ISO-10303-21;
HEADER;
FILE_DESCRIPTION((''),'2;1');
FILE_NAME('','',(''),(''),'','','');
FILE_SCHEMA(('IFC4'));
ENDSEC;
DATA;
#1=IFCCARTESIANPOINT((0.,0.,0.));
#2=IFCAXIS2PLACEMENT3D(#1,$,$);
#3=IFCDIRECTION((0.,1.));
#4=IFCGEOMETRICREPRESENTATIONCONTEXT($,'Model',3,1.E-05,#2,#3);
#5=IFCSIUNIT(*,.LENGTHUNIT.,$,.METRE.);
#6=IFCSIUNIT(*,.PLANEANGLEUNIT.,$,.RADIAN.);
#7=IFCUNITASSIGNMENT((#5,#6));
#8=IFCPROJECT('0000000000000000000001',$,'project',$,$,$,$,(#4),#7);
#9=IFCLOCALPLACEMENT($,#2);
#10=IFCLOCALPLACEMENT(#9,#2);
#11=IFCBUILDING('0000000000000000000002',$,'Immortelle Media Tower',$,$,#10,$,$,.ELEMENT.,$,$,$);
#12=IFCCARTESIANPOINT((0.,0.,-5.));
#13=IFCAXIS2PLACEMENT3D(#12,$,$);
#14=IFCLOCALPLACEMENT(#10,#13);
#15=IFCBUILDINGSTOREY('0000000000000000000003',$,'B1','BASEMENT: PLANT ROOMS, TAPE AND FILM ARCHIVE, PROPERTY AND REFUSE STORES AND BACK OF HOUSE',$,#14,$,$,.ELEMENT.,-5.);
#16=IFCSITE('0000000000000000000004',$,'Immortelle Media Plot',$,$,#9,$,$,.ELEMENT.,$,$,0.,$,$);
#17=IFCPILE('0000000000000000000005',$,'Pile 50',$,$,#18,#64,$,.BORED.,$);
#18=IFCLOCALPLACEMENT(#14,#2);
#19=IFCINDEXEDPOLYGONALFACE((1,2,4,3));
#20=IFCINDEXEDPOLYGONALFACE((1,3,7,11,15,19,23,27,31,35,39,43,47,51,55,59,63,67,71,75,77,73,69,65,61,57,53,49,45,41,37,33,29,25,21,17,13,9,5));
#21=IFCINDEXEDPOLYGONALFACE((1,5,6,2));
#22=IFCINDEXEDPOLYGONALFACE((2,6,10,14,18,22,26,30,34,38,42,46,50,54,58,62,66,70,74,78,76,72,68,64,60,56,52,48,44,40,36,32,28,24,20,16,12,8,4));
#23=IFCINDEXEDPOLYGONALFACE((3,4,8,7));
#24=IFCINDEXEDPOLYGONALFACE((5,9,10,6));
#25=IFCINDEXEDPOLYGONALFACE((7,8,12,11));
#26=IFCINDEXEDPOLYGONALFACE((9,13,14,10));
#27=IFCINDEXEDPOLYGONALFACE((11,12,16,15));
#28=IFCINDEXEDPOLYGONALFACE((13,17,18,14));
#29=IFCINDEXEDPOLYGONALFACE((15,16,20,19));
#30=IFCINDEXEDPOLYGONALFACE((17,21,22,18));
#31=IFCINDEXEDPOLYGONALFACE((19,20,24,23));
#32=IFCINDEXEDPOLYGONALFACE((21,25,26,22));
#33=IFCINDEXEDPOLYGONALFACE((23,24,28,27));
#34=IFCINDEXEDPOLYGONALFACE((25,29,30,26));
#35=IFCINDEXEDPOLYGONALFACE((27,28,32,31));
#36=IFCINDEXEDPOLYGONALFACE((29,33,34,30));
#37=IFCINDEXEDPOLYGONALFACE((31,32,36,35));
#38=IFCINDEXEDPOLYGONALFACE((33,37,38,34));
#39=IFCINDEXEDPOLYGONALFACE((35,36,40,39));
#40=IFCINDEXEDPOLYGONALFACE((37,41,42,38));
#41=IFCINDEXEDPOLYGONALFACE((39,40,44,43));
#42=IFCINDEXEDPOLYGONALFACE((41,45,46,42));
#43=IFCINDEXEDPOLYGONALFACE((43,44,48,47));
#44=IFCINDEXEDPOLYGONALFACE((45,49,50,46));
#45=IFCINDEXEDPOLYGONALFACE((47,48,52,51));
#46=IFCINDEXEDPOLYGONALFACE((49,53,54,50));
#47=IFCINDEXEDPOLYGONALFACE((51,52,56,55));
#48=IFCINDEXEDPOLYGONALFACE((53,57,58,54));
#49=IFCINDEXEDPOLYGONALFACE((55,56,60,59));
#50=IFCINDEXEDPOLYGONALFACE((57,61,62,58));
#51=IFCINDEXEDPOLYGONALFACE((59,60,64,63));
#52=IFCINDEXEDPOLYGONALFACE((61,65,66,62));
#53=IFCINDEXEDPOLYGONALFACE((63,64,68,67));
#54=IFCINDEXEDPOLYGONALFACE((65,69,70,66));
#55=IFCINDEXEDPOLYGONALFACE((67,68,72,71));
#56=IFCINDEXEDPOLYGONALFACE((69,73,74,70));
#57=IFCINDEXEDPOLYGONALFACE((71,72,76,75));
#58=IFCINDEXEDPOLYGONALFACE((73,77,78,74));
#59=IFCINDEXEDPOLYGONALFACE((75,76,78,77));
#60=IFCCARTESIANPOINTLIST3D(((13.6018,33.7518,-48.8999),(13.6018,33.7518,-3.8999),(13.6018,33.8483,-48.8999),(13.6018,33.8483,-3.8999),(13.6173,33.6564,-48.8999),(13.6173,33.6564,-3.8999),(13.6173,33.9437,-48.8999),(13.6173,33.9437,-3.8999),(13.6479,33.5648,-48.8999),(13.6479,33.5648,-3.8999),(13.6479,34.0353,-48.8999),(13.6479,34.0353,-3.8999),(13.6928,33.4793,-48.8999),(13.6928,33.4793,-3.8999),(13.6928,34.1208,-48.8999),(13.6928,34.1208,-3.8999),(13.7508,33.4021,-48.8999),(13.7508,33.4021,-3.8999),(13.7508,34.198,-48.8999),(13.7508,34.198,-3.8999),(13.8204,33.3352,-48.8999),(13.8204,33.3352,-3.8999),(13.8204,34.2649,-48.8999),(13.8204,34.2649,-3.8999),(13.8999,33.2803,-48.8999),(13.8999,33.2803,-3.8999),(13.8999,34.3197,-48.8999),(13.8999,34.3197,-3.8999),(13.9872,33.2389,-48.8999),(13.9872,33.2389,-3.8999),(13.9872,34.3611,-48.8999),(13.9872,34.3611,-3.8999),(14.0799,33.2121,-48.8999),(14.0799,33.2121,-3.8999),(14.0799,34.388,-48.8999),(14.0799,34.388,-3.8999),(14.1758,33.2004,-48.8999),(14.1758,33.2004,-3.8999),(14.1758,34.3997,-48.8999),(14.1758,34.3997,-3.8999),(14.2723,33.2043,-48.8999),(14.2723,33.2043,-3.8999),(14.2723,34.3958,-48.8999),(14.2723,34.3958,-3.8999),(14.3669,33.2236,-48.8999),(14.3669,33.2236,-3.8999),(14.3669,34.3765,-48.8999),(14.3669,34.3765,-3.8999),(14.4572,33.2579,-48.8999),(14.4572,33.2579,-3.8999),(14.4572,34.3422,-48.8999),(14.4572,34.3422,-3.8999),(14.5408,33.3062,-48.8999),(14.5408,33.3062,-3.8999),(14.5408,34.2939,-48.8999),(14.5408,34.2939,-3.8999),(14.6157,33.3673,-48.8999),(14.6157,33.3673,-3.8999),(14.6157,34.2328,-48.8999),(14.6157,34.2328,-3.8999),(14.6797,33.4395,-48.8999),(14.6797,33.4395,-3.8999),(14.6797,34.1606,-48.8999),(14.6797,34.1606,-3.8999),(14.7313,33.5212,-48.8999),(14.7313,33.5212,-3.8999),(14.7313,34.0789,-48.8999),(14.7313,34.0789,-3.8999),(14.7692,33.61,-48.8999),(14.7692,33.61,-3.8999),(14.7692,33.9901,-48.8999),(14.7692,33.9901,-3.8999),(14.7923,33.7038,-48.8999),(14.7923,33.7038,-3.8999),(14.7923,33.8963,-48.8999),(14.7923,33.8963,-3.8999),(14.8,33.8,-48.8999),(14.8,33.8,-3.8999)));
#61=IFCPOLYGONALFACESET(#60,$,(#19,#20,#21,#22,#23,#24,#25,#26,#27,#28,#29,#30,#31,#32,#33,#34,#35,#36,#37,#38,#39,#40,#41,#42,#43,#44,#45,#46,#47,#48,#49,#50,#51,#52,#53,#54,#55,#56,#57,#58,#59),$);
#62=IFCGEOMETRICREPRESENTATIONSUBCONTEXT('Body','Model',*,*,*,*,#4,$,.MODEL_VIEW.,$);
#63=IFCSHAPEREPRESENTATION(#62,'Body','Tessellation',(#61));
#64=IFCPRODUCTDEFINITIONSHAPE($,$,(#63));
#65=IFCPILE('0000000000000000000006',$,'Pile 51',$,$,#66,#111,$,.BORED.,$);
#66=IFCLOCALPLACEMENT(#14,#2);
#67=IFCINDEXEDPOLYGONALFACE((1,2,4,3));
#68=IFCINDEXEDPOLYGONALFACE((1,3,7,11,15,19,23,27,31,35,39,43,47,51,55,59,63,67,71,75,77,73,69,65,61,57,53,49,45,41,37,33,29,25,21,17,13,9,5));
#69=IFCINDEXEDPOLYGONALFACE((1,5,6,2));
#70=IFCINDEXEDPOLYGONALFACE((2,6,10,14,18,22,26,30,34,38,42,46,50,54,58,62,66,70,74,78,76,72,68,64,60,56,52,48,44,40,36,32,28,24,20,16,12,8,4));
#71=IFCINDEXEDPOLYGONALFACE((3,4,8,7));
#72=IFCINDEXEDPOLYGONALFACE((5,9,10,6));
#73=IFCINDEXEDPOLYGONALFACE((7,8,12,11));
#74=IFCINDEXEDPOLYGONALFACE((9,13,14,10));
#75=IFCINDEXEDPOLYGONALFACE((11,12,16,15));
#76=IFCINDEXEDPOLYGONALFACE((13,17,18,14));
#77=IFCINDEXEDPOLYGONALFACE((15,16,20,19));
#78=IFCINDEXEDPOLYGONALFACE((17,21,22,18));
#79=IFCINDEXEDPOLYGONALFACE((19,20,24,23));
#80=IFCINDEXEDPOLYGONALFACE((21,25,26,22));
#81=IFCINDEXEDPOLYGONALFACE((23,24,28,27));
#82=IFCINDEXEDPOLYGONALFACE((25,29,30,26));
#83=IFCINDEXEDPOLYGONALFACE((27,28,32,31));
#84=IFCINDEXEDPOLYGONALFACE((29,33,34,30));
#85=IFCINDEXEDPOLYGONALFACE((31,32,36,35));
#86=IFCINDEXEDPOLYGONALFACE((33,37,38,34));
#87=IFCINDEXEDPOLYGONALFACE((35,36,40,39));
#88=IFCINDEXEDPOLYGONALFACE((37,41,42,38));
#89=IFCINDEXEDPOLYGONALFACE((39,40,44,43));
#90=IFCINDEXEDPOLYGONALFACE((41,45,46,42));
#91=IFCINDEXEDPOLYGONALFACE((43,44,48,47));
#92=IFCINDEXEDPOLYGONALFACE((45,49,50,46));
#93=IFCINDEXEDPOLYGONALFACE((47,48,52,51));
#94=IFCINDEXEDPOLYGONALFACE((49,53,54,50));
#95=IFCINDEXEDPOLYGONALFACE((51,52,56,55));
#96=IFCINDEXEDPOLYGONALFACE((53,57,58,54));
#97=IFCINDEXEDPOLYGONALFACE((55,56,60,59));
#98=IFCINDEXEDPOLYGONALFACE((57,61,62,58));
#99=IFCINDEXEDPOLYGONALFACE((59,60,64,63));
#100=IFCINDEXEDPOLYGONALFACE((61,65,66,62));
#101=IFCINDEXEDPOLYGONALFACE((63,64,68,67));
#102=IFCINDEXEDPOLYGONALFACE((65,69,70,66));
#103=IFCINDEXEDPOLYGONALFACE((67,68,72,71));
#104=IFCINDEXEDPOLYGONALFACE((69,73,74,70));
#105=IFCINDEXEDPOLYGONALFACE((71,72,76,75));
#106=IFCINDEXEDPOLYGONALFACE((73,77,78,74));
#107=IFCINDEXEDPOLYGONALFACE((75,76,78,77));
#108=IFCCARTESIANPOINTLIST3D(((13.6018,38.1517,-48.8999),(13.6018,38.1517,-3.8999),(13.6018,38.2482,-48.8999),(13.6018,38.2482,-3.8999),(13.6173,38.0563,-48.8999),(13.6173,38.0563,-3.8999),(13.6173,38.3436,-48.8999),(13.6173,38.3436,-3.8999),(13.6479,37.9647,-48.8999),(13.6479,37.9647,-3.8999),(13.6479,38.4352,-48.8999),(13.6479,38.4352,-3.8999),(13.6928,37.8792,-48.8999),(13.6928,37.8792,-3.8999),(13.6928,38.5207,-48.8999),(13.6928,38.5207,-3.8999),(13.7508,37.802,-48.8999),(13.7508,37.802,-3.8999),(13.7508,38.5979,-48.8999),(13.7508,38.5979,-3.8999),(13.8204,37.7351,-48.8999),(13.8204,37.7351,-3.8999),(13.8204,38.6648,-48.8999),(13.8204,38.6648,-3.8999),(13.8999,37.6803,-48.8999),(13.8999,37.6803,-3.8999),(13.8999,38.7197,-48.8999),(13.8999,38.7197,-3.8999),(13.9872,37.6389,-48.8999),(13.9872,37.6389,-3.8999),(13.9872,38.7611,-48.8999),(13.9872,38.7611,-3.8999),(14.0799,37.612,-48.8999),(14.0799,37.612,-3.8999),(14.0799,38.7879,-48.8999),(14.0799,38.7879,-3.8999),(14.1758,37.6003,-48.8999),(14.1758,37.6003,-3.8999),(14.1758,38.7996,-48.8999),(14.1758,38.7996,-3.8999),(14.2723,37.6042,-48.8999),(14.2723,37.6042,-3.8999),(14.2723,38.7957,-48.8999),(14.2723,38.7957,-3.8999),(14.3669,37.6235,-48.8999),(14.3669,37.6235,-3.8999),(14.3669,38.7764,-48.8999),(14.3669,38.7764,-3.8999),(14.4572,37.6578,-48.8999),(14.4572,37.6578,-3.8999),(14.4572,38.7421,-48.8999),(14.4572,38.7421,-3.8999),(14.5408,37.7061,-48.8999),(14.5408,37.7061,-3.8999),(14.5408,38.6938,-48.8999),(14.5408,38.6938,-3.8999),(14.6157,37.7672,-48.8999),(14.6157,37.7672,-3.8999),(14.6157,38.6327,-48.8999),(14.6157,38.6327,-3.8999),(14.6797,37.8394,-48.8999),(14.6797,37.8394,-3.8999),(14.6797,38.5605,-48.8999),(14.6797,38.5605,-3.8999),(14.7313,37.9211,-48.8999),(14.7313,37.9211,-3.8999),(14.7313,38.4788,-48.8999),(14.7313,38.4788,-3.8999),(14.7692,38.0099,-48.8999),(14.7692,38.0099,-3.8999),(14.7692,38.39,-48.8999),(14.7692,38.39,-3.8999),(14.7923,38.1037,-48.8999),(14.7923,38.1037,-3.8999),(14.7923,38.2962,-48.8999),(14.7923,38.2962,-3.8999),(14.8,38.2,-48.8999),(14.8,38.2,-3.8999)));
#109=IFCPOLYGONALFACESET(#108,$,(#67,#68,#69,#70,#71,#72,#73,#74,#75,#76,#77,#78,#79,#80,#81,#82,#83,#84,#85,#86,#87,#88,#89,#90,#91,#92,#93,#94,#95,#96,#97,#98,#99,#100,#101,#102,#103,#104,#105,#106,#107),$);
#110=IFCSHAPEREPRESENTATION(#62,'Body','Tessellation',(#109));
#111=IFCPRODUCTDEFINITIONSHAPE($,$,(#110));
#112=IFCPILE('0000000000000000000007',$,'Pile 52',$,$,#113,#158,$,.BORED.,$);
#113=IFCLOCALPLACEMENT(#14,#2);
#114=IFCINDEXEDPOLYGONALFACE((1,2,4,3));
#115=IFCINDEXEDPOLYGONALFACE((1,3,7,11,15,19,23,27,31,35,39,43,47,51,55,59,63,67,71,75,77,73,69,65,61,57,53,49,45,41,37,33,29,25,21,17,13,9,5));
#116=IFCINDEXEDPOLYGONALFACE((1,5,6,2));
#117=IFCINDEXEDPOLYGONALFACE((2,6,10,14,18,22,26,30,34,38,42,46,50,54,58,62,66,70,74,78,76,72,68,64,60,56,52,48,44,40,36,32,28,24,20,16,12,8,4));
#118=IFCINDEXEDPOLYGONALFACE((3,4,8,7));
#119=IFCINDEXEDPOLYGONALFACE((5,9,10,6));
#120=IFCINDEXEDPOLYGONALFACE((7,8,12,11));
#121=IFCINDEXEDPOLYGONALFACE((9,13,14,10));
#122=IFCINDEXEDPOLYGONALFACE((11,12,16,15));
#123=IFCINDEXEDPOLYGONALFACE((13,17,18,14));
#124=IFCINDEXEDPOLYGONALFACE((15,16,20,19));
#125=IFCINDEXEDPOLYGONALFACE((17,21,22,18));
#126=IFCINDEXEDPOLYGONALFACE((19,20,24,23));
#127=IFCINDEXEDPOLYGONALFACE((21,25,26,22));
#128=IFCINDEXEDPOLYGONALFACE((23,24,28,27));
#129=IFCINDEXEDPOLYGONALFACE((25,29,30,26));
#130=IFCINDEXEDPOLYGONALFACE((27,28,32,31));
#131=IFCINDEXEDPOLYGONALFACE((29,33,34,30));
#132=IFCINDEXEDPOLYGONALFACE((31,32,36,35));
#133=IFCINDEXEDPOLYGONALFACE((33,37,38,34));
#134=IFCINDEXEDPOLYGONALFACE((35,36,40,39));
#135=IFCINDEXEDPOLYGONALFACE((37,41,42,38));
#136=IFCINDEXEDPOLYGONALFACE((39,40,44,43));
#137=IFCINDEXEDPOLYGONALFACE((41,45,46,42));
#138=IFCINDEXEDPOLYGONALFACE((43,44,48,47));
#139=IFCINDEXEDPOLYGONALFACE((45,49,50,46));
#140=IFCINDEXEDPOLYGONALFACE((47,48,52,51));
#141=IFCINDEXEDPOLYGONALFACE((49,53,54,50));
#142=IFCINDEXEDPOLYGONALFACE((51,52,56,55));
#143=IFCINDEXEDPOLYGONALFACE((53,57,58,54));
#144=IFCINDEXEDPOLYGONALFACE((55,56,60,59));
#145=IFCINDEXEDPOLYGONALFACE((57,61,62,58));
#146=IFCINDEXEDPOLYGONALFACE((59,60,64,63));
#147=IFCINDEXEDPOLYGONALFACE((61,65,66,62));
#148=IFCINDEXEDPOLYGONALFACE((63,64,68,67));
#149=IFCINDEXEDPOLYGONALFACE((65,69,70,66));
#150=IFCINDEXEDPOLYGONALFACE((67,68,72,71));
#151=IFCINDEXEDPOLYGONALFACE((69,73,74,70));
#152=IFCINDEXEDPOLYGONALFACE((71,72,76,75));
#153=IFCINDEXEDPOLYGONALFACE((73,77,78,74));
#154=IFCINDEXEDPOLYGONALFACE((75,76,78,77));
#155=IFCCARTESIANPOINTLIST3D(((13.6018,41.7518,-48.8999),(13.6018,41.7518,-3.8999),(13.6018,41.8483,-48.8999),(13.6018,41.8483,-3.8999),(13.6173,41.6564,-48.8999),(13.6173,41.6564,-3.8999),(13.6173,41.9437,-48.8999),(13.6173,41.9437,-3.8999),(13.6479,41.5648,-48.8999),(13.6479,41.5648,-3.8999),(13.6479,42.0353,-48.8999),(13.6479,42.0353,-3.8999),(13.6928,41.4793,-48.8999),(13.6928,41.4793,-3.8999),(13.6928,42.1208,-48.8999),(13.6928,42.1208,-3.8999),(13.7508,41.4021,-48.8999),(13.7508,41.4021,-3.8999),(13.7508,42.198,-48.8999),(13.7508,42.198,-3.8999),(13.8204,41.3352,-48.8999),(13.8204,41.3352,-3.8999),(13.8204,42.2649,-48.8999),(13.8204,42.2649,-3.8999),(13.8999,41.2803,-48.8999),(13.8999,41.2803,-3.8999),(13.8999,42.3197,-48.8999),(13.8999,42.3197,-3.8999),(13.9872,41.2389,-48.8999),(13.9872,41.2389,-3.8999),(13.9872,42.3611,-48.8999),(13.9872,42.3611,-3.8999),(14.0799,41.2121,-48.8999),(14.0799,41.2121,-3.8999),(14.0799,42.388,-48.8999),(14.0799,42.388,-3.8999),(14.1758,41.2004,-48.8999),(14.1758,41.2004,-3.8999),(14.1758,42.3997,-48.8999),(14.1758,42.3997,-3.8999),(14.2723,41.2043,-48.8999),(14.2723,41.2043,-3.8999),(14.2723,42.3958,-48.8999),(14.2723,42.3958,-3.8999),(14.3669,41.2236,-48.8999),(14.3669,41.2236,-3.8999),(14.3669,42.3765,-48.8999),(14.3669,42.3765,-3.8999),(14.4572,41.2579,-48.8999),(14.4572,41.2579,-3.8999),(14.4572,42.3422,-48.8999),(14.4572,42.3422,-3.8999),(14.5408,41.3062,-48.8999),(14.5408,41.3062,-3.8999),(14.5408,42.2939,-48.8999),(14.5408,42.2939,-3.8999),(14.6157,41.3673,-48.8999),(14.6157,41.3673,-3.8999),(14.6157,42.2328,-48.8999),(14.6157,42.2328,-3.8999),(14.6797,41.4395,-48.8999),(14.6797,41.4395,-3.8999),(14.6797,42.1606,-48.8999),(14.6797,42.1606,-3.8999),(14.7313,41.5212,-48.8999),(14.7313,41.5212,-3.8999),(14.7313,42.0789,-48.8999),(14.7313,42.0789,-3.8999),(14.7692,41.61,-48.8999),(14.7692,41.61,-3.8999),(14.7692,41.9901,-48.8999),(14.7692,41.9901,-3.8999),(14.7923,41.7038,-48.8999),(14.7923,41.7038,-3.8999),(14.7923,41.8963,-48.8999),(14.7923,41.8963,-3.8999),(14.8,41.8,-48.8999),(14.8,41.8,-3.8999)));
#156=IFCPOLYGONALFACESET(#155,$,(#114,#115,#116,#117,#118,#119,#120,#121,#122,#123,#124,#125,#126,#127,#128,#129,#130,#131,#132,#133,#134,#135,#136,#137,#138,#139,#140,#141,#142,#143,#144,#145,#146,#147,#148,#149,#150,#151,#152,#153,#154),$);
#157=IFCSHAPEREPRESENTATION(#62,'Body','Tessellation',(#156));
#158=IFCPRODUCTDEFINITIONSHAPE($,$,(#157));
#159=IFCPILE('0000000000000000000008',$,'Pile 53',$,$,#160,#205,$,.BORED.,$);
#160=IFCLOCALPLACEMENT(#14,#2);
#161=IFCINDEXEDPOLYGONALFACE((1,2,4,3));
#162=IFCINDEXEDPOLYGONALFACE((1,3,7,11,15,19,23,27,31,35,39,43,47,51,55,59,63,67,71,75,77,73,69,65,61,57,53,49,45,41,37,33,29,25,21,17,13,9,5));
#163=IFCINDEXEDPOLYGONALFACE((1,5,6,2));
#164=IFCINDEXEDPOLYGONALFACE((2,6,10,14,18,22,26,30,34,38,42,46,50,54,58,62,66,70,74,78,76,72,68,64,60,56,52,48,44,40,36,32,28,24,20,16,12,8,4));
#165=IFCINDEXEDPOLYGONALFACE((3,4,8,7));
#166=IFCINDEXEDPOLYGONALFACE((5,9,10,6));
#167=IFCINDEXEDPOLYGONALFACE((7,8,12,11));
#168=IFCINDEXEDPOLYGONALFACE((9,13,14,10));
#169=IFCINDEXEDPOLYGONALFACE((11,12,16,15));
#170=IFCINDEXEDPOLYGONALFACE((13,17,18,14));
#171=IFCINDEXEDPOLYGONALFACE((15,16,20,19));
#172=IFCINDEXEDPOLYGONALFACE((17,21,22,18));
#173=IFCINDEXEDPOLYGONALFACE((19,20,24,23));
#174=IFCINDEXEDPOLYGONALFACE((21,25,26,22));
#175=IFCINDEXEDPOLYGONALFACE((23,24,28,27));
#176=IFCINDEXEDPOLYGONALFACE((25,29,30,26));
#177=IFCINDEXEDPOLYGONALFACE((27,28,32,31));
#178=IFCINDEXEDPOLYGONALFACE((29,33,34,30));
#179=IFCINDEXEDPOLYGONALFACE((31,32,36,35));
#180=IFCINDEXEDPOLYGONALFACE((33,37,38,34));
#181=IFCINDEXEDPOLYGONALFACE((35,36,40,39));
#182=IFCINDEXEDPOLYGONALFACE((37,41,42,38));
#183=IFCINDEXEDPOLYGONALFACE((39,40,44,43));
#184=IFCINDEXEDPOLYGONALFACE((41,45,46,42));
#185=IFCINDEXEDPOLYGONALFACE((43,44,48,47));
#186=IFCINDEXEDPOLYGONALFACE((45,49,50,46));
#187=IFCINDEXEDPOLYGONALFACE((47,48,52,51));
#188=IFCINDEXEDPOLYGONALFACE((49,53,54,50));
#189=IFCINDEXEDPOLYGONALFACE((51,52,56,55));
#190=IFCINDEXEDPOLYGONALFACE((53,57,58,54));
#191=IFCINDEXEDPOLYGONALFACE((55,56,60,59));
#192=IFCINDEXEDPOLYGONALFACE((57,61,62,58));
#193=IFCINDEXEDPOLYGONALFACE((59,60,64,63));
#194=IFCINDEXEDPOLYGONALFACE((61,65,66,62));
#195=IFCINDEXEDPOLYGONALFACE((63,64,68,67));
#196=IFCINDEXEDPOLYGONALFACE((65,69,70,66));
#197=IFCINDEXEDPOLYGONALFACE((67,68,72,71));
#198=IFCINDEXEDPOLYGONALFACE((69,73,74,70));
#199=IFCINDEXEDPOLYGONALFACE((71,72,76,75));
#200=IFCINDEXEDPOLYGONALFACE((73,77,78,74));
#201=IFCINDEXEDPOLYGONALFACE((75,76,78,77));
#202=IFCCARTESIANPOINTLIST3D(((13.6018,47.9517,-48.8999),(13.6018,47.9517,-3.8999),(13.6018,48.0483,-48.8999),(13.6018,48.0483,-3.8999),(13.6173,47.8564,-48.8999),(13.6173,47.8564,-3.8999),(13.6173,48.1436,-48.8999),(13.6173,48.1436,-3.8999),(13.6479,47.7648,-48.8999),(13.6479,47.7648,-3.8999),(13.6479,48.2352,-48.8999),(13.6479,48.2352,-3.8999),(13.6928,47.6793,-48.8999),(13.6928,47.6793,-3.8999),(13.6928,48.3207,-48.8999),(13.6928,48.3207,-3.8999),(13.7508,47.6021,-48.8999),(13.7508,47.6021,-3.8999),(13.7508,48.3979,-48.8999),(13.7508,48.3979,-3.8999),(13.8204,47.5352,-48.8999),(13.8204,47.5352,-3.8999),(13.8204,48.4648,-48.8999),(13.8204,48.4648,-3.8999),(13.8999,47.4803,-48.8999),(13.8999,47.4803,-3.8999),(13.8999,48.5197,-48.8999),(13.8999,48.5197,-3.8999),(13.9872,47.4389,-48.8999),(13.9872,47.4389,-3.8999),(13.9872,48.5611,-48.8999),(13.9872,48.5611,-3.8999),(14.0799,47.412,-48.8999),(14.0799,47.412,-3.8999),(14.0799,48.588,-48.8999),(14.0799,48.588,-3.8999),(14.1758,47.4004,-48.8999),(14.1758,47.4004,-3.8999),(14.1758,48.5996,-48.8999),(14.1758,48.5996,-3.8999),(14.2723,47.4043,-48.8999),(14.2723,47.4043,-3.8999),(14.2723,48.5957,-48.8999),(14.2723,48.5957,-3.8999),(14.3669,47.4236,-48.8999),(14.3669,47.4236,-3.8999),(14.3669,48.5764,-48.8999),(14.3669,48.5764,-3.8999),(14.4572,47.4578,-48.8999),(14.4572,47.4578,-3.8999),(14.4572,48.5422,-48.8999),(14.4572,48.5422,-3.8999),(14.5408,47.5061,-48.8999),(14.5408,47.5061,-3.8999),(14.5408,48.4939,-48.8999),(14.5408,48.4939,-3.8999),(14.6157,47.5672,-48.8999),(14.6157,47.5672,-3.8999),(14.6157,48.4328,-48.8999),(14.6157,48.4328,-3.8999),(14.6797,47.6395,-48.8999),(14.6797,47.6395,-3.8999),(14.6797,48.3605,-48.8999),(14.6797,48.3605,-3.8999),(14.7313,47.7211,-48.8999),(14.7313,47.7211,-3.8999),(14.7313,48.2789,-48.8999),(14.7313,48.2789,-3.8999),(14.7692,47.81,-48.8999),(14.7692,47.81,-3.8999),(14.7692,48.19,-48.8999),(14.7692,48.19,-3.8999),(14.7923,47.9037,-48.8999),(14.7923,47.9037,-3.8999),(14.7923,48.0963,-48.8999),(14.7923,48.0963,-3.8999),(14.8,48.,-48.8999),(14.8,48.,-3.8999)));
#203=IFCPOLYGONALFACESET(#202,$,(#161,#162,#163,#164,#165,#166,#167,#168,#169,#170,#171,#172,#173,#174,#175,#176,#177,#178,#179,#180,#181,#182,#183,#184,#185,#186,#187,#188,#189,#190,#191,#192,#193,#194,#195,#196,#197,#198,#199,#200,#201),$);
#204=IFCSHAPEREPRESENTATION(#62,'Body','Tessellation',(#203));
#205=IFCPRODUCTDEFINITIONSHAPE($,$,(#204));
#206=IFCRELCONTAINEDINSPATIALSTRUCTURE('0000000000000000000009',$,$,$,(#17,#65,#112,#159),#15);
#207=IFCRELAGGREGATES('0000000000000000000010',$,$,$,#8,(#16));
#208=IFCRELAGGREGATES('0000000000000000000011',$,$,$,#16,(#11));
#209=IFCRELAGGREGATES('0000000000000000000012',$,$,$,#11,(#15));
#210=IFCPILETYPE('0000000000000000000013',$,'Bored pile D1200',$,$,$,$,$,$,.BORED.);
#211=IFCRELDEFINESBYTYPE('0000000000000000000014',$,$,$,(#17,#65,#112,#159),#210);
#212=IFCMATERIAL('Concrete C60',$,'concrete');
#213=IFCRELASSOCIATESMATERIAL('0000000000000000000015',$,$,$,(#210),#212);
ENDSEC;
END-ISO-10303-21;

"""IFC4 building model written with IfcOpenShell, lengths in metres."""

from ifc_helpers import new_model, si_unit, direction, frame, origin, origin_2d, place, context, subcontext, project, spatial, circle, extrude, material, material_profile, profile_set, type_object, element, save


model = new_model("IFC4")

# Units and contexts
model_context = context("Model", 3, precision=1e-05, world=origin(), true_north=direction((0.0, 1.0)))
body_context = subcontext(model_context, "Body", "Model", "MODEL_VIEW")
ifc_project = project(units=[si_unit("LENGTHUNIT", "METRE"), si_unit("PLANEANGLEUNIT", "RADIAN")], contexts=[model_context])

# Site, building, storey
site_placement = place(None, origin())
site = spatial("IfcSite", under=ifc_project, at=site_placement, Name="Immortelle Media Plot", CompositionType="ELEMENT", RefElevation=0.0)
building_placement = place(site_placement, origin())
building = spatial("IfcBuilding", under=site, at=building_placement, Name="Immortelle Media Tower", CompositionType="ELEMENT")
storey_placement = place(building_placement, frame((0.0, 0.0, -5.0)))
storey = spatial("IfcBuildingStorey", under=building, at=storey_placement, Name="B1", Description="BASEMENT: PLANT ROOMS, TAPE AND FILM ARCHIVE, PROPERTY AND REFUSE STORES AND BACK OF HOUSE", CompositionType="ELEMENT", Elevation=-5.0)

# Piles
ifc_material_1 = material(Name="Concrete C60", Category="concrete")
ifc_material_profile_1 = material_profile(ifc_material_1, circle(Radius=0.6001, at=origin_2d()), Name="Bored pile D1200")
ifc_profile_set_1 = profile_set([ifc_material_profile_1], Name="Concrete C60")
pile_type = type_object("IfcPileType", Name="Bored pile D1200", PredefinedType="BORED", material=ifc_profile_set_1)
for number, where, z_axis, x_axis, name in (
    (1, (14.2, 33.8, -3.8999), (0.0, 0.0, -1.0), (1.0, 0.0, 0.0), "Pile 50"),
    (2, (14.2, 38.2, -3.8999), (0.0, 0.0, -1.0), (1.0, 0.0, 0.0), "Pile 51"),
    (3, (14.2, 41.8, -3.8999), (0.0, 0.0, -1.0), (1.0, 0.0, 0.0), "Pile 52"),
    (4, (14.2, 48.0, -3.8999), (0.0, 0.0, -1.0), (1.0, 0.0, 0.0), "Pile 53"),
):
    element("IfcPile", number, at=place(storey_placement, frame(where, z_axis=z_axis, x_axis=x_axis)), inside=storey, type_object=pile_type, Name=name, PredefinedType="BORED", context=body_context, shape_type="SweptSolid", body=[
        extrude(circle(Radius=0.6001, at=origin_2d()), origin(), (0.0, 0.0, 1.0), 45.0),
    ])

save(model, "model.ifc")
